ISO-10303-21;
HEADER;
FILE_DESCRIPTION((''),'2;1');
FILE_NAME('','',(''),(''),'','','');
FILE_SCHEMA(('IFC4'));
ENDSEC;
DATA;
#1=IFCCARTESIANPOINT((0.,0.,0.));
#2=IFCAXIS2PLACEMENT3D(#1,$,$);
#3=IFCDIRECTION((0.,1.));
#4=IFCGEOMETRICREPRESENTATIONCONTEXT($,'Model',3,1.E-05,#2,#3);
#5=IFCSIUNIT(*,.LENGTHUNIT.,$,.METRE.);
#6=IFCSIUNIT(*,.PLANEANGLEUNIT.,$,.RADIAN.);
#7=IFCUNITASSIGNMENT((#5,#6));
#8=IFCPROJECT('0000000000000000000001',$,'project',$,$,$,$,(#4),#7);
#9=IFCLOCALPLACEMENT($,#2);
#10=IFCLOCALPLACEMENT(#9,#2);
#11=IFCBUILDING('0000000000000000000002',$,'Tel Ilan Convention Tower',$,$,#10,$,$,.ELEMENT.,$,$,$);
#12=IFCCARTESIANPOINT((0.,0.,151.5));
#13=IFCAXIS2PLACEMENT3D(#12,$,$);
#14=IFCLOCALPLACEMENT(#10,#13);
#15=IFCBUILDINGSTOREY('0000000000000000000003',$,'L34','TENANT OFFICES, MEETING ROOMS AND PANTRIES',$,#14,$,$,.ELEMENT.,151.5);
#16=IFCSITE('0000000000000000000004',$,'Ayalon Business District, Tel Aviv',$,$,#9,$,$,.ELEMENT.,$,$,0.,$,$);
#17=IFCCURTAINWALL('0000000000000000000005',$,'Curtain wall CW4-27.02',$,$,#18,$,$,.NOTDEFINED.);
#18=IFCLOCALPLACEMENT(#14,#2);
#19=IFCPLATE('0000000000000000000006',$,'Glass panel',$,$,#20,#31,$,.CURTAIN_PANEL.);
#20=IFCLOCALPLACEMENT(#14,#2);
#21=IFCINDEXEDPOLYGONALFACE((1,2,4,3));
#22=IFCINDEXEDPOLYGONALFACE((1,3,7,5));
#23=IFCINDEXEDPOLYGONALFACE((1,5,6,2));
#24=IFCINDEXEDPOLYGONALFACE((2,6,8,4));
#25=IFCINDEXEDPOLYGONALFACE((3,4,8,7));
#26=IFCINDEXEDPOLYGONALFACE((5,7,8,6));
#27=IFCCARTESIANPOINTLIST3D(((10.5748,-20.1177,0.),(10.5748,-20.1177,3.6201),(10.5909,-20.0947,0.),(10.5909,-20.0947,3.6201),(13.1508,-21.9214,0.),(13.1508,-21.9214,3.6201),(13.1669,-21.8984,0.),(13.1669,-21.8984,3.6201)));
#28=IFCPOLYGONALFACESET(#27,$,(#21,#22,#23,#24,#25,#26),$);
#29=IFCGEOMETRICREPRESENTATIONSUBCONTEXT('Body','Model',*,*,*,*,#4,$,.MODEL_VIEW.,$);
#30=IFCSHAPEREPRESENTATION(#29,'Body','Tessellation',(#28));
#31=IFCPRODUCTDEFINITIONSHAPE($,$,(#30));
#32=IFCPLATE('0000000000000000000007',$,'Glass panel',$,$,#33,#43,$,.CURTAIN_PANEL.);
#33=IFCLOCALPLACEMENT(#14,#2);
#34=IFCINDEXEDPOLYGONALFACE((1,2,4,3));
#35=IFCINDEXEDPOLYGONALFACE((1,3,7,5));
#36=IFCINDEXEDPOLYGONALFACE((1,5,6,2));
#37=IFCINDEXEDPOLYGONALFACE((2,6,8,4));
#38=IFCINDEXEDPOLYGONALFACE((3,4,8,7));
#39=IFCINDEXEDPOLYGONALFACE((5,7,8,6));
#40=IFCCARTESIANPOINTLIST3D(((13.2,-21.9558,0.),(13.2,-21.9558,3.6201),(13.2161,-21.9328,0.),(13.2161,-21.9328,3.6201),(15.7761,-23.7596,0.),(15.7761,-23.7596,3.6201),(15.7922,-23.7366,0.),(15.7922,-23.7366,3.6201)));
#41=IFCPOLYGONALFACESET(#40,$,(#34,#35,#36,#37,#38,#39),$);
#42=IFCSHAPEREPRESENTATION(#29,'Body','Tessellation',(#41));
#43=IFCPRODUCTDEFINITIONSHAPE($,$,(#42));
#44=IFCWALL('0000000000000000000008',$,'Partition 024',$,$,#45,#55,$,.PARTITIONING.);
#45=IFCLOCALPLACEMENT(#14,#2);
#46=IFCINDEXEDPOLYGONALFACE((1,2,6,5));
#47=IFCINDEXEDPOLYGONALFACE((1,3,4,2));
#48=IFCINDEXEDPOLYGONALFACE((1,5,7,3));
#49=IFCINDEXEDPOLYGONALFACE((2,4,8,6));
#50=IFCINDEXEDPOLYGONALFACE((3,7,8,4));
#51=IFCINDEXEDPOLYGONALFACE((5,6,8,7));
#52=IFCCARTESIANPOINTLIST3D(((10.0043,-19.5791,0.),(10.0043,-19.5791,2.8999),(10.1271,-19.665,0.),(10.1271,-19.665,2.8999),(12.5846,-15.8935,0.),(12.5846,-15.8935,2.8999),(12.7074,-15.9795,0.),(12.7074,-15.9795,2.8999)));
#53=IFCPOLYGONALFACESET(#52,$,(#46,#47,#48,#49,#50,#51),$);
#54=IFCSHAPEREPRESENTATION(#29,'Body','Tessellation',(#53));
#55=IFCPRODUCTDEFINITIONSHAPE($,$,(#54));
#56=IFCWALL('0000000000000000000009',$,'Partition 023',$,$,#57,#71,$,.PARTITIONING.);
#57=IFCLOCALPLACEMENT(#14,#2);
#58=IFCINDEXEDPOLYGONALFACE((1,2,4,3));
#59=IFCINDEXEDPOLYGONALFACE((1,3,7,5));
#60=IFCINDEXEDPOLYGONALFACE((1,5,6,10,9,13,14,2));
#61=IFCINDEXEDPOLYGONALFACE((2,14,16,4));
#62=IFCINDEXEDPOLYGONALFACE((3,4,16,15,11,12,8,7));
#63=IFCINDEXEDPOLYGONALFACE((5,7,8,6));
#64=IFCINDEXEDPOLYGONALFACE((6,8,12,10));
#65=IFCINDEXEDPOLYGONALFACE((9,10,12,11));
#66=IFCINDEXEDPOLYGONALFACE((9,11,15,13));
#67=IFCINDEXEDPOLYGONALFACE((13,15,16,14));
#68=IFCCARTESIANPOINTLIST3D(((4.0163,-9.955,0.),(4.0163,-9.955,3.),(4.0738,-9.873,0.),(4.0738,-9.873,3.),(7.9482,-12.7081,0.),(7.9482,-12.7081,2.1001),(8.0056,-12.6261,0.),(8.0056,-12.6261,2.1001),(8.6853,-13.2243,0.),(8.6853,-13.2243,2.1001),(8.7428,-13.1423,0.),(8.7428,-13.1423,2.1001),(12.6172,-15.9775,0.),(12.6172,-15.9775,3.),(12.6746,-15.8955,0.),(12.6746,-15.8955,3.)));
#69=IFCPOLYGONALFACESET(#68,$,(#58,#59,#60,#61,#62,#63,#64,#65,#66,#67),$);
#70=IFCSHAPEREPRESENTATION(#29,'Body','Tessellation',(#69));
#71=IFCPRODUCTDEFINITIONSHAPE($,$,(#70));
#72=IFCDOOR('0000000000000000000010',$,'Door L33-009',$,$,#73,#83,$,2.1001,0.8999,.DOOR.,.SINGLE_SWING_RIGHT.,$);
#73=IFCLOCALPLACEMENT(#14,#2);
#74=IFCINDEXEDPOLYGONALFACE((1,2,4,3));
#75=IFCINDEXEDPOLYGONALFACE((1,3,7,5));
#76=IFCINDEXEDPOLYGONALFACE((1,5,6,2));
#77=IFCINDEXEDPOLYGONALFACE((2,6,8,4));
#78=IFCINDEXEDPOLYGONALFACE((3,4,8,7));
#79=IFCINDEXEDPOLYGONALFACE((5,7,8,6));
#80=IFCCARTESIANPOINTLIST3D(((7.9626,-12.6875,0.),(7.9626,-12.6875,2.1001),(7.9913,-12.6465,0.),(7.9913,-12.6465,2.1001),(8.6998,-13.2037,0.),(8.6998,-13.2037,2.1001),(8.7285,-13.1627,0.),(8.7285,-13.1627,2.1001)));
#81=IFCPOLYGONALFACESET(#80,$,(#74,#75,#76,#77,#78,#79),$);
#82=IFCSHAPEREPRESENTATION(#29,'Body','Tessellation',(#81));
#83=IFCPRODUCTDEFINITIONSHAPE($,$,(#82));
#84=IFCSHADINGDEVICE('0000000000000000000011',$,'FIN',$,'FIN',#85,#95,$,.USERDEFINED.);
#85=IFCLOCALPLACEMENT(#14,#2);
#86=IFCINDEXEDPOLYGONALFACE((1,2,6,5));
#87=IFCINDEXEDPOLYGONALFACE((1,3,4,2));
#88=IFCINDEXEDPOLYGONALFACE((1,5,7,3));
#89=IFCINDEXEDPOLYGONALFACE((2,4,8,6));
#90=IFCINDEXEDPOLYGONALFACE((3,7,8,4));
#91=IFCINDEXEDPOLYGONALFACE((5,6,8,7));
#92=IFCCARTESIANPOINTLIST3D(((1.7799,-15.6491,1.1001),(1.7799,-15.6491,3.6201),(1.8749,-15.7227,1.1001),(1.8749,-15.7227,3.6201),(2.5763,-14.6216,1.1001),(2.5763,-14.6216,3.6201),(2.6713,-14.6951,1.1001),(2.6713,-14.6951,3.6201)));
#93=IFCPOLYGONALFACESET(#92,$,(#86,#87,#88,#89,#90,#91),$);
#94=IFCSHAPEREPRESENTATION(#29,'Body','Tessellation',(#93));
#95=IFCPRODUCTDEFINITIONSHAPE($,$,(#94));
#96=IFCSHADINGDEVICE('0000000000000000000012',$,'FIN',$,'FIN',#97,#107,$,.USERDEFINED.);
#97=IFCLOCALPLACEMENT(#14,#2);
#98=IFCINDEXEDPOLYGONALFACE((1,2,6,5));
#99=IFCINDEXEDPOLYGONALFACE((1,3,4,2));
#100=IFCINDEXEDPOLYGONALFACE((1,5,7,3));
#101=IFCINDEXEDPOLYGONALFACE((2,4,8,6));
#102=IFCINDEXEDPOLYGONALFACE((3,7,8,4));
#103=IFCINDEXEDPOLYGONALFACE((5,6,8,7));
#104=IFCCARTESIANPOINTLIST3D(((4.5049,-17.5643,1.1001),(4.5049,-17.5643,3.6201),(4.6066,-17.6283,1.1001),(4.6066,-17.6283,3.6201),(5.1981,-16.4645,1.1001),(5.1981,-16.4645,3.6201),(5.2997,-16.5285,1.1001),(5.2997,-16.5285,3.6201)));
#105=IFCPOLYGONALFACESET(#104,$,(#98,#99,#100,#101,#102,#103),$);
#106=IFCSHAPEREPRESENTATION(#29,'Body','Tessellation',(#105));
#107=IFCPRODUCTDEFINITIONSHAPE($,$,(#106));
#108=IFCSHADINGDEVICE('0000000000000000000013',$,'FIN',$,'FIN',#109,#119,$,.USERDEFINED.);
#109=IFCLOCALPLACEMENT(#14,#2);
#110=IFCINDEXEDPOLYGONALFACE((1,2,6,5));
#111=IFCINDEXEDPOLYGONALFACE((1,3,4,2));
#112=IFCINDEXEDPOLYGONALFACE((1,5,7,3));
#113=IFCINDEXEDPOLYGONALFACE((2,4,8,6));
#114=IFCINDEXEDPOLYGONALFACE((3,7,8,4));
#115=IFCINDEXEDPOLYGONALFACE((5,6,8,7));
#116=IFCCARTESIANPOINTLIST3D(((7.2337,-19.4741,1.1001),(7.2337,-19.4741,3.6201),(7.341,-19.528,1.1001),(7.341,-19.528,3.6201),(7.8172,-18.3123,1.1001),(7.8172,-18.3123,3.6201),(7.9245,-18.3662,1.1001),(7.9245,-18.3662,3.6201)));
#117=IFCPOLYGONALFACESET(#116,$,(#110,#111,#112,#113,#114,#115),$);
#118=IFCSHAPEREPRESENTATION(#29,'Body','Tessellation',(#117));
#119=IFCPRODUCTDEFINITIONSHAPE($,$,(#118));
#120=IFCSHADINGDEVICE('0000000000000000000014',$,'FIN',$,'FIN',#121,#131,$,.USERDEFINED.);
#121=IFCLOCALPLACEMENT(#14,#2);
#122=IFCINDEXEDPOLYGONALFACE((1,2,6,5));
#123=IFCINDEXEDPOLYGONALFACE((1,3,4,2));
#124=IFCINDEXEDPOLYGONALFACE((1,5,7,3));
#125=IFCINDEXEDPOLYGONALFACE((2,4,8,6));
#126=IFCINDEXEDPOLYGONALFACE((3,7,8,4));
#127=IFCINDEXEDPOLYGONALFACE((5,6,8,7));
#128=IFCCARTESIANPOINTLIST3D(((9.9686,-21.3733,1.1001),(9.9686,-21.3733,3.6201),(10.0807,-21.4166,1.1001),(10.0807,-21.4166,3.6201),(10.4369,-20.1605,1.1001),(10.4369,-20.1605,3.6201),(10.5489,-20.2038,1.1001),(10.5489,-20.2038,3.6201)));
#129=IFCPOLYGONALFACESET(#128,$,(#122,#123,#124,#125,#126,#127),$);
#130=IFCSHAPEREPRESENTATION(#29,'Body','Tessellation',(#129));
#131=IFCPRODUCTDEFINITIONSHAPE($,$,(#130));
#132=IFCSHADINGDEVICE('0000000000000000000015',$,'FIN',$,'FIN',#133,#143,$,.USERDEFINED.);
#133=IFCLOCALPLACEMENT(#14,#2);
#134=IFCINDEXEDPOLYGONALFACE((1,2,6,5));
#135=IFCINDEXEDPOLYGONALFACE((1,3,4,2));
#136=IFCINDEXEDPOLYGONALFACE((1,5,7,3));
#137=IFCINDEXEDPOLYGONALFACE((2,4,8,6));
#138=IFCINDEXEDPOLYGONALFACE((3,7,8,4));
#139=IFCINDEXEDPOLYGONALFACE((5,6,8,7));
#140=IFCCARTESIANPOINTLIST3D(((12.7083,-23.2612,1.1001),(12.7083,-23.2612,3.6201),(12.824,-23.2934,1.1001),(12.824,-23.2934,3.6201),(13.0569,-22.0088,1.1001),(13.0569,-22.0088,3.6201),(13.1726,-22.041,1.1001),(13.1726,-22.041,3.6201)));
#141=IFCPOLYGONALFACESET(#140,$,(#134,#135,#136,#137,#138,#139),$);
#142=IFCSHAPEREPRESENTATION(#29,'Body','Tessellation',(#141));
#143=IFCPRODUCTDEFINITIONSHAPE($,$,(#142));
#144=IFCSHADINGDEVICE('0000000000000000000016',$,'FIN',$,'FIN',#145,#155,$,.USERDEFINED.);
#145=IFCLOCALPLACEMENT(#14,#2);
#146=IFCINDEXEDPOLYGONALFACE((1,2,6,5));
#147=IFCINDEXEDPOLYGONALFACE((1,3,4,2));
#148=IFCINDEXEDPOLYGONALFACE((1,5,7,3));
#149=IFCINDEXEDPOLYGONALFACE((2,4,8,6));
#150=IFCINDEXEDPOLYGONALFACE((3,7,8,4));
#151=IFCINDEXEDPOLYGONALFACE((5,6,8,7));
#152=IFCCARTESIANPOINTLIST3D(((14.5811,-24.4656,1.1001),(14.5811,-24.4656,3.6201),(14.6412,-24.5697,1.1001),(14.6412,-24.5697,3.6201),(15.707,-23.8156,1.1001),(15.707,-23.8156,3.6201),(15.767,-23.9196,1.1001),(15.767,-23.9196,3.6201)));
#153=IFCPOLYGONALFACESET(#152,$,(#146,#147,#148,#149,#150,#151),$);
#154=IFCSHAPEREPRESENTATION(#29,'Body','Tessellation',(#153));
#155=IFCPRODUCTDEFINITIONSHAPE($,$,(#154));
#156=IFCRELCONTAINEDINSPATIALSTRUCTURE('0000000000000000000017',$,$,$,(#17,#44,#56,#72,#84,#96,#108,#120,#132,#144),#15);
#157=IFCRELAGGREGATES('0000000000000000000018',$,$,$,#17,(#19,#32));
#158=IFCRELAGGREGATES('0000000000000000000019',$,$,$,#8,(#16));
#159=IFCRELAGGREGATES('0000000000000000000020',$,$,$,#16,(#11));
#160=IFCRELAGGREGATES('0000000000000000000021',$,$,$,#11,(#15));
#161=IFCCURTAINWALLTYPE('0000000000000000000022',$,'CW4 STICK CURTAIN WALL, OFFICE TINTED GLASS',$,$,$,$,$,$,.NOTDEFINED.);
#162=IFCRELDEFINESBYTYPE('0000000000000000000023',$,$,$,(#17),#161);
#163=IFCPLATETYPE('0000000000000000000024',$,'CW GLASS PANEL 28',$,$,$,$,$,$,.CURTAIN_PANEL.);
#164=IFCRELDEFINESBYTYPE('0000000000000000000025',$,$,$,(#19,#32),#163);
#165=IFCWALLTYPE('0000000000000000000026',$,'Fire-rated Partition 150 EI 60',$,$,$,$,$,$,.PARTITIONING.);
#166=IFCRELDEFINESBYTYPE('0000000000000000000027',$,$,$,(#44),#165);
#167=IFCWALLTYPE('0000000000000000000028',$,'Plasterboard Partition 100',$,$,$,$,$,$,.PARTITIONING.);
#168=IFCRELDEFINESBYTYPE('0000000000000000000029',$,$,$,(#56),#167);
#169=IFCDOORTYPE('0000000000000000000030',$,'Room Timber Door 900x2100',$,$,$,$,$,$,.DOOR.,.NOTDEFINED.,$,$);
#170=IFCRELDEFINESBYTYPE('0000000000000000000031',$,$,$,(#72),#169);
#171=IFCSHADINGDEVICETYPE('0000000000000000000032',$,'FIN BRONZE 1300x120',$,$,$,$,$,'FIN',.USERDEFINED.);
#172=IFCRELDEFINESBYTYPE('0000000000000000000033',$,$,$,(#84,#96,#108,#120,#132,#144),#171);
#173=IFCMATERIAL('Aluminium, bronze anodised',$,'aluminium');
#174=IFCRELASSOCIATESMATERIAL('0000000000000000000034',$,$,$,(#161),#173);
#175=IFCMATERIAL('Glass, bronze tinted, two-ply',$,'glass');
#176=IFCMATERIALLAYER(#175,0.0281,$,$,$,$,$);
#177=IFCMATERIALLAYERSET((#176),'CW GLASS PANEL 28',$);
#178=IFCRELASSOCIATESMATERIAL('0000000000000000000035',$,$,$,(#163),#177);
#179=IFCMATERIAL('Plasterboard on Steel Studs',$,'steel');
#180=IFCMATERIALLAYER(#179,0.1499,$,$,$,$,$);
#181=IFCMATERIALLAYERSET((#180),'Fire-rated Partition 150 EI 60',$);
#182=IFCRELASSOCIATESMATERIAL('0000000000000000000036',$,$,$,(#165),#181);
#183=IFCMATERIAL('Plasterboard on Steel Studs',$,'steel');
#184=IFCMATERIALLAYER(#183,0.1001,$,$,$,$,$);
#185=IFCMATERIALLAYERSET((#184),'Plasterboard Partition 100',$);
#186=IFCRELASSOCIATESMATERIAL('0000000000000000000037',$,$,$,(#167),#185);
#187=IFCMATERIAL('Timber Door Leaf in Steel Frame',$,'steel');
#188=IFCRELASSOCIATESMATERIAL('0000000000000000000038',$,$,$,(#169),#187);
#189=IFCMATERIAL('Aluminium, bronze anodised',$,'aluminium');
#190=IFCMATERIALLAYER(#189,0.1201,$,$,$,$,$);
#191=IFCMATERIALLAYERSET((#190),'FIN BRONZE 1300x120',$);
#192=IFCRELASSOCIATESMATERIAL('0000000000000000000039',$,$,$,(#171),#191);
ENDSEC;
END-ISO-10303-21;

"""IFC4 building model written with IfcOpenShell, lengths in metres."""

from ifc_helpers import new_model, si_unit, direction, frame, frame_2d, origin, origin_2d, place, context, subcontext, project, spatial, rectangle, extrude, material, layer, layer_set, type_object, element, fill, aggregate, save


model = new_model("IFC4")

# Units and contexts
model_context = context("Model", 3, precision=1e-05, world=origin(), true_north=direction((0.0, 1.0)))
body_context = subcontext(model_context, "Body", "Model", "MODEL_VIEW")
ifc_project = project(units=[si_unit("LENGTHUNIT", "METRE"), si_unit("PLANEANGLEUNIT", "RADIAN")], contexts=[model_context])

# Site, building, storey
site_placement = place(None, origin())
site = spatial("IfcSite", under=ifc_project, at=site_placement, Name="Ayalon Business District, Tel Aviv", CompositionType="ELEMENT", RefElevation=0.0)
building_placement = place(site_placement, origin())
building = spatial("IfcBuilding", under=site, at=building_placement, Name="Tel Ilan Convention Tower", CompositionType="ELEMENT")
storey_placement = place(building_placement, frame((0.0, 0.0, 151.5)))
storey = spatial("IfcBuildingStorey", under=building, at=storey_placement, Name="L34", Description="TENANT OFFICES, MEETING ROOMS AND PANTRIES", CompositionType="ELEMENT", Elevation=151.5)

# Curtain wall, plates
ifc_material_1 = material(Name="Aluminium, bronze anodised", Category="aluminium")
curtain_wall_type = type_object("IfcCurtainWallType", Name="CW4 STICK CURTAIN WALL, OFFICE TINTED GLASS", PredefinedType="NOTDEFINED", material=ifc_material_1)
curtain_wall_placement = place(storey_placement, origin())
curtain_wall = element("IfcCurtainWall", 1, at=curtain_wall_placement, inside=storey, type_object=curtain_wall_type, Name="Curtain wall CW4-27.02", PredefinedType="NOTDEFINED")
ifc_material_2 = material(Name="Glass, bronze tinted, two-ply", Category="glass")
ifc_layer_1 = layer(ifc_material_2, 0.0281)
ifc_layer_set_1 = layer_set([ifc_layer_1], Name="CW GLASS PANEL 28")
plate_type = type_object("IfcPlateType", Name="CW GLASS PANEL 28", PredefinedType="CURTAIN_PANEL", material=ifc_layer_set_1)
plate_1_placement = place(storey_placement, frame((11.8708, -21.0081, 0.0), z_axis=(0.0, 0.0, 1.0), x_axis=(0.819152, -0.573576, 0.0)))
plate_1 = element("IfcPlate", 2, at=plate_1_placement, type_object=plate_type, Name="Glass panel", PredefinedType="CURTAIN_PANEL", context=body_context, shape_type="SweptSolid", body=[
    extrude(rectangle(XDim=3.1448, YDim=0.0281, at=origin_2d()), origin(), (0.0, 0.0, 1.0), 3.6201),
])
plate_2_placement = place(storey_placement, frame((14.4961, -22.8462, 0.0), z_axis=(0.0, 0.0, 1.0), x_axis=(0.819152, -0.573576, 0.0)))
plate_2 = element("IfcPlate", 3, at=plate_2_placement, type_object=plate_type, Name="Glass panel", PredefinedType="CURTAIN_PANEL", context=body_context, shape_type="SweptSolid", body=[
    extrude(rectangle(XDim=3.1448, YDim=0.0281, at=origin_2d()), origin(), (0.0, 0.0, 1.0), 3.6201),
])
aggregate(curtain_wall, [plate_1, plate_2])

# Wall
ifc_material_3 = material(Name="Plasterboard on Steel Studs", Category="steel")
ifc_layer_2 = layer(ifc_material_3, 0.1499)
ifc_layer_set_2 = layer_set([ifc_layer_2], Name="Fire-rated Partition 150 EI 60")
wall_type_1 = type_object("IfcWallType", Name="Fire-rated Partition 150 EI 60", PredefinedType="PARTITIONING", material=ifc_layer_set_2)
wall_1_placement = place(storey_placement, frame((12.646, -15.9365, 0.0), z_axis=(0.0, 0.0, 1.0), x_axis=(-0.573528, -0.819186, 0.0)))
element("IfcWall", 4, at=wall_1_placement, inside=storey, type_object=wall_type_1, Name="Partition 024", PredefinedType="PARTITIONING", context=body_context, shape_type="SweptSolid", body=[
    extrude(rectangle(XDim=4.499, YDim=0.1499, at=frame_2d((2.2495, 0.0))), origin(), (0.0, 0.0, 1.0), 2.8999),
])

# Wall, opening, door
ifc_material_4 = material(Name="Plasterboard on Steel Studs", Category="steel")
ifc_layer_3 = layer(ifc_material_4, 0.1001)
ifc_layer_set_3 = layer_set([ifc_layer_3], Name="Plasterboard Partition 100")
wall_type_2 = type_object("IfcWallType", Name="Plasterboard Partition 100", PredefinedType="PARTITIONING", material=ifc_layer_set_3)
wall_2_placement = place(storey_placement, frame((12.646, -15.9365, 0.0), z_axis=(0.0, 0.0, 1.0), x_axis=(-0.819148, 0.573582, 0.0)))
wall_2 = element("IfcWall", 5, at=wall_2_placement, inside=storey, type_object=wall_type_2, Name="Partition 023", PredefinedType="PARTITIONING", context=body_context, shape_type="SweptSolid", body=[
    extrude(rectangle(XDim=10.4998, YDim=0.1001, at=frame_2d((5.25, 0.0))), origin(), (0.0, 0.0, 1.0), 3.0),
])
opening_placement = place(wall_2_placement, frame((4.8, 0.0, 0.0)))
opening = element("IfcOpeningElement", 6, at=opening_placement, cuts=wall_2, PredefinedType="OPENING", context=body_context, shape_type="SweptSolid", body=[
    extrude(rectangle(XDim=0.8999, YDim=2.1001, at=frame_2d((0.45, 1.05))), frame((0.0, 0.0601, 0.0), z_axis=(0.0, -1.0, 0.0), x_axis=(1.0, 0.0, 0.0)), (0.0, 0.0, 1.0), 0.1201),
])
ifc_material_5 = material(Name="Timber Door Leaf in Steel Frame", Category="steel")
door_type = type_object("IfcDoorType", Name="Room Timber Door 900x2100", OperationType="NOTDEFINED", PredefinedType="DOOR", material=ifc_material_5)
door_placement = place(opening_placement, origin())
door = element("IfcDoor", 7, at=door_placement, inside=storey, type_object=door_type, Name="Door L33-009", OperationType="SINGLE_SWING_RIGHT", OverallHeight=2.1001, OverallWidth=0.8999, PredefinedType="DOOR", context=body_context, shape_type="SweptSolid", body=[
    extrude(rectangle(XDim=0.8999, YDim=2.1001, at=frame_2d((0.45, 1.05))), frame((0.0, 0.0249, 0.0), z_axis=(0.0, -1.0, 0.0), x_axis=(1.0, 0.0, 0.0)), (0.0, 0.0, 1.0), 0.05),
])
fill(opening, door)

# Shading devices
ifc_material_6 = material(Name="Aluminium, bronze anodised", Category="aluminium")
ifc_layer_4 = layer(ifc_material_6, 0.1201)
ifc_layer_set_4 = layer_set([ifc_layer_4], Name="FIN BRONZE 1300x120")
shading_device_type = type_object("IfcShadingDeviceType", Name="FIN BRONZE 1300x120", ElementType="FIN", PredefinedType="USERDEFINED", material=ifc_layer_set_4)
for number, where, z_axis, x_axis, name in (
    (8, (2.2256, -15.1721, 1.1001), (0.0, 0.0, 1.0), (-0.612601, -0.790393, 0.0), "FIN"),
    (9, (4.9023, -17.0464, 1.1001), (0.0, 0.0, 1.0), (-0.533204, -0.845986, 0.0), "FIN"),
    (10, (7.5791, -18.9202, 1.1001), (0.0, 0.0, 1.0), (-0.448799, -0.893633, 0.0), "FIN"),
    (11, (10.2588, -20.7886, 1.1001), (0.0, 0.0, 1.0), (-0.360178, -0.932884, 0.0), "FIN"),
    (12, (12.9404, -22.6511, 1.1001), (0.0, 0.0, 1.0), (-0.268173, -0.963371, 0.0), "FIN"),
    (13, (15.1741, -24.1926, 1.1001), (0.0, 0.0, 1.0), (-0.866025, -0.5, 0.0), "FIN"),
):
    element("IfcShadingDevice", number, at=place(storey_placement, frame(where, z_axis=z_axis, x_axis=x_axis)), inside=storey, type_object=shading_device_type, Name=name, ObjectType="FIN", PredefinedType="USERDEFINED", context=body_context, shape_type="SweptSolid", body=[
        extrude(rectangle(XDim=1.3, YDim=0.1201, at=origin_2d()), origin(), (0.0, 0.0, 1.0), 2.52),
    ])

save(model, "model.ifc")
